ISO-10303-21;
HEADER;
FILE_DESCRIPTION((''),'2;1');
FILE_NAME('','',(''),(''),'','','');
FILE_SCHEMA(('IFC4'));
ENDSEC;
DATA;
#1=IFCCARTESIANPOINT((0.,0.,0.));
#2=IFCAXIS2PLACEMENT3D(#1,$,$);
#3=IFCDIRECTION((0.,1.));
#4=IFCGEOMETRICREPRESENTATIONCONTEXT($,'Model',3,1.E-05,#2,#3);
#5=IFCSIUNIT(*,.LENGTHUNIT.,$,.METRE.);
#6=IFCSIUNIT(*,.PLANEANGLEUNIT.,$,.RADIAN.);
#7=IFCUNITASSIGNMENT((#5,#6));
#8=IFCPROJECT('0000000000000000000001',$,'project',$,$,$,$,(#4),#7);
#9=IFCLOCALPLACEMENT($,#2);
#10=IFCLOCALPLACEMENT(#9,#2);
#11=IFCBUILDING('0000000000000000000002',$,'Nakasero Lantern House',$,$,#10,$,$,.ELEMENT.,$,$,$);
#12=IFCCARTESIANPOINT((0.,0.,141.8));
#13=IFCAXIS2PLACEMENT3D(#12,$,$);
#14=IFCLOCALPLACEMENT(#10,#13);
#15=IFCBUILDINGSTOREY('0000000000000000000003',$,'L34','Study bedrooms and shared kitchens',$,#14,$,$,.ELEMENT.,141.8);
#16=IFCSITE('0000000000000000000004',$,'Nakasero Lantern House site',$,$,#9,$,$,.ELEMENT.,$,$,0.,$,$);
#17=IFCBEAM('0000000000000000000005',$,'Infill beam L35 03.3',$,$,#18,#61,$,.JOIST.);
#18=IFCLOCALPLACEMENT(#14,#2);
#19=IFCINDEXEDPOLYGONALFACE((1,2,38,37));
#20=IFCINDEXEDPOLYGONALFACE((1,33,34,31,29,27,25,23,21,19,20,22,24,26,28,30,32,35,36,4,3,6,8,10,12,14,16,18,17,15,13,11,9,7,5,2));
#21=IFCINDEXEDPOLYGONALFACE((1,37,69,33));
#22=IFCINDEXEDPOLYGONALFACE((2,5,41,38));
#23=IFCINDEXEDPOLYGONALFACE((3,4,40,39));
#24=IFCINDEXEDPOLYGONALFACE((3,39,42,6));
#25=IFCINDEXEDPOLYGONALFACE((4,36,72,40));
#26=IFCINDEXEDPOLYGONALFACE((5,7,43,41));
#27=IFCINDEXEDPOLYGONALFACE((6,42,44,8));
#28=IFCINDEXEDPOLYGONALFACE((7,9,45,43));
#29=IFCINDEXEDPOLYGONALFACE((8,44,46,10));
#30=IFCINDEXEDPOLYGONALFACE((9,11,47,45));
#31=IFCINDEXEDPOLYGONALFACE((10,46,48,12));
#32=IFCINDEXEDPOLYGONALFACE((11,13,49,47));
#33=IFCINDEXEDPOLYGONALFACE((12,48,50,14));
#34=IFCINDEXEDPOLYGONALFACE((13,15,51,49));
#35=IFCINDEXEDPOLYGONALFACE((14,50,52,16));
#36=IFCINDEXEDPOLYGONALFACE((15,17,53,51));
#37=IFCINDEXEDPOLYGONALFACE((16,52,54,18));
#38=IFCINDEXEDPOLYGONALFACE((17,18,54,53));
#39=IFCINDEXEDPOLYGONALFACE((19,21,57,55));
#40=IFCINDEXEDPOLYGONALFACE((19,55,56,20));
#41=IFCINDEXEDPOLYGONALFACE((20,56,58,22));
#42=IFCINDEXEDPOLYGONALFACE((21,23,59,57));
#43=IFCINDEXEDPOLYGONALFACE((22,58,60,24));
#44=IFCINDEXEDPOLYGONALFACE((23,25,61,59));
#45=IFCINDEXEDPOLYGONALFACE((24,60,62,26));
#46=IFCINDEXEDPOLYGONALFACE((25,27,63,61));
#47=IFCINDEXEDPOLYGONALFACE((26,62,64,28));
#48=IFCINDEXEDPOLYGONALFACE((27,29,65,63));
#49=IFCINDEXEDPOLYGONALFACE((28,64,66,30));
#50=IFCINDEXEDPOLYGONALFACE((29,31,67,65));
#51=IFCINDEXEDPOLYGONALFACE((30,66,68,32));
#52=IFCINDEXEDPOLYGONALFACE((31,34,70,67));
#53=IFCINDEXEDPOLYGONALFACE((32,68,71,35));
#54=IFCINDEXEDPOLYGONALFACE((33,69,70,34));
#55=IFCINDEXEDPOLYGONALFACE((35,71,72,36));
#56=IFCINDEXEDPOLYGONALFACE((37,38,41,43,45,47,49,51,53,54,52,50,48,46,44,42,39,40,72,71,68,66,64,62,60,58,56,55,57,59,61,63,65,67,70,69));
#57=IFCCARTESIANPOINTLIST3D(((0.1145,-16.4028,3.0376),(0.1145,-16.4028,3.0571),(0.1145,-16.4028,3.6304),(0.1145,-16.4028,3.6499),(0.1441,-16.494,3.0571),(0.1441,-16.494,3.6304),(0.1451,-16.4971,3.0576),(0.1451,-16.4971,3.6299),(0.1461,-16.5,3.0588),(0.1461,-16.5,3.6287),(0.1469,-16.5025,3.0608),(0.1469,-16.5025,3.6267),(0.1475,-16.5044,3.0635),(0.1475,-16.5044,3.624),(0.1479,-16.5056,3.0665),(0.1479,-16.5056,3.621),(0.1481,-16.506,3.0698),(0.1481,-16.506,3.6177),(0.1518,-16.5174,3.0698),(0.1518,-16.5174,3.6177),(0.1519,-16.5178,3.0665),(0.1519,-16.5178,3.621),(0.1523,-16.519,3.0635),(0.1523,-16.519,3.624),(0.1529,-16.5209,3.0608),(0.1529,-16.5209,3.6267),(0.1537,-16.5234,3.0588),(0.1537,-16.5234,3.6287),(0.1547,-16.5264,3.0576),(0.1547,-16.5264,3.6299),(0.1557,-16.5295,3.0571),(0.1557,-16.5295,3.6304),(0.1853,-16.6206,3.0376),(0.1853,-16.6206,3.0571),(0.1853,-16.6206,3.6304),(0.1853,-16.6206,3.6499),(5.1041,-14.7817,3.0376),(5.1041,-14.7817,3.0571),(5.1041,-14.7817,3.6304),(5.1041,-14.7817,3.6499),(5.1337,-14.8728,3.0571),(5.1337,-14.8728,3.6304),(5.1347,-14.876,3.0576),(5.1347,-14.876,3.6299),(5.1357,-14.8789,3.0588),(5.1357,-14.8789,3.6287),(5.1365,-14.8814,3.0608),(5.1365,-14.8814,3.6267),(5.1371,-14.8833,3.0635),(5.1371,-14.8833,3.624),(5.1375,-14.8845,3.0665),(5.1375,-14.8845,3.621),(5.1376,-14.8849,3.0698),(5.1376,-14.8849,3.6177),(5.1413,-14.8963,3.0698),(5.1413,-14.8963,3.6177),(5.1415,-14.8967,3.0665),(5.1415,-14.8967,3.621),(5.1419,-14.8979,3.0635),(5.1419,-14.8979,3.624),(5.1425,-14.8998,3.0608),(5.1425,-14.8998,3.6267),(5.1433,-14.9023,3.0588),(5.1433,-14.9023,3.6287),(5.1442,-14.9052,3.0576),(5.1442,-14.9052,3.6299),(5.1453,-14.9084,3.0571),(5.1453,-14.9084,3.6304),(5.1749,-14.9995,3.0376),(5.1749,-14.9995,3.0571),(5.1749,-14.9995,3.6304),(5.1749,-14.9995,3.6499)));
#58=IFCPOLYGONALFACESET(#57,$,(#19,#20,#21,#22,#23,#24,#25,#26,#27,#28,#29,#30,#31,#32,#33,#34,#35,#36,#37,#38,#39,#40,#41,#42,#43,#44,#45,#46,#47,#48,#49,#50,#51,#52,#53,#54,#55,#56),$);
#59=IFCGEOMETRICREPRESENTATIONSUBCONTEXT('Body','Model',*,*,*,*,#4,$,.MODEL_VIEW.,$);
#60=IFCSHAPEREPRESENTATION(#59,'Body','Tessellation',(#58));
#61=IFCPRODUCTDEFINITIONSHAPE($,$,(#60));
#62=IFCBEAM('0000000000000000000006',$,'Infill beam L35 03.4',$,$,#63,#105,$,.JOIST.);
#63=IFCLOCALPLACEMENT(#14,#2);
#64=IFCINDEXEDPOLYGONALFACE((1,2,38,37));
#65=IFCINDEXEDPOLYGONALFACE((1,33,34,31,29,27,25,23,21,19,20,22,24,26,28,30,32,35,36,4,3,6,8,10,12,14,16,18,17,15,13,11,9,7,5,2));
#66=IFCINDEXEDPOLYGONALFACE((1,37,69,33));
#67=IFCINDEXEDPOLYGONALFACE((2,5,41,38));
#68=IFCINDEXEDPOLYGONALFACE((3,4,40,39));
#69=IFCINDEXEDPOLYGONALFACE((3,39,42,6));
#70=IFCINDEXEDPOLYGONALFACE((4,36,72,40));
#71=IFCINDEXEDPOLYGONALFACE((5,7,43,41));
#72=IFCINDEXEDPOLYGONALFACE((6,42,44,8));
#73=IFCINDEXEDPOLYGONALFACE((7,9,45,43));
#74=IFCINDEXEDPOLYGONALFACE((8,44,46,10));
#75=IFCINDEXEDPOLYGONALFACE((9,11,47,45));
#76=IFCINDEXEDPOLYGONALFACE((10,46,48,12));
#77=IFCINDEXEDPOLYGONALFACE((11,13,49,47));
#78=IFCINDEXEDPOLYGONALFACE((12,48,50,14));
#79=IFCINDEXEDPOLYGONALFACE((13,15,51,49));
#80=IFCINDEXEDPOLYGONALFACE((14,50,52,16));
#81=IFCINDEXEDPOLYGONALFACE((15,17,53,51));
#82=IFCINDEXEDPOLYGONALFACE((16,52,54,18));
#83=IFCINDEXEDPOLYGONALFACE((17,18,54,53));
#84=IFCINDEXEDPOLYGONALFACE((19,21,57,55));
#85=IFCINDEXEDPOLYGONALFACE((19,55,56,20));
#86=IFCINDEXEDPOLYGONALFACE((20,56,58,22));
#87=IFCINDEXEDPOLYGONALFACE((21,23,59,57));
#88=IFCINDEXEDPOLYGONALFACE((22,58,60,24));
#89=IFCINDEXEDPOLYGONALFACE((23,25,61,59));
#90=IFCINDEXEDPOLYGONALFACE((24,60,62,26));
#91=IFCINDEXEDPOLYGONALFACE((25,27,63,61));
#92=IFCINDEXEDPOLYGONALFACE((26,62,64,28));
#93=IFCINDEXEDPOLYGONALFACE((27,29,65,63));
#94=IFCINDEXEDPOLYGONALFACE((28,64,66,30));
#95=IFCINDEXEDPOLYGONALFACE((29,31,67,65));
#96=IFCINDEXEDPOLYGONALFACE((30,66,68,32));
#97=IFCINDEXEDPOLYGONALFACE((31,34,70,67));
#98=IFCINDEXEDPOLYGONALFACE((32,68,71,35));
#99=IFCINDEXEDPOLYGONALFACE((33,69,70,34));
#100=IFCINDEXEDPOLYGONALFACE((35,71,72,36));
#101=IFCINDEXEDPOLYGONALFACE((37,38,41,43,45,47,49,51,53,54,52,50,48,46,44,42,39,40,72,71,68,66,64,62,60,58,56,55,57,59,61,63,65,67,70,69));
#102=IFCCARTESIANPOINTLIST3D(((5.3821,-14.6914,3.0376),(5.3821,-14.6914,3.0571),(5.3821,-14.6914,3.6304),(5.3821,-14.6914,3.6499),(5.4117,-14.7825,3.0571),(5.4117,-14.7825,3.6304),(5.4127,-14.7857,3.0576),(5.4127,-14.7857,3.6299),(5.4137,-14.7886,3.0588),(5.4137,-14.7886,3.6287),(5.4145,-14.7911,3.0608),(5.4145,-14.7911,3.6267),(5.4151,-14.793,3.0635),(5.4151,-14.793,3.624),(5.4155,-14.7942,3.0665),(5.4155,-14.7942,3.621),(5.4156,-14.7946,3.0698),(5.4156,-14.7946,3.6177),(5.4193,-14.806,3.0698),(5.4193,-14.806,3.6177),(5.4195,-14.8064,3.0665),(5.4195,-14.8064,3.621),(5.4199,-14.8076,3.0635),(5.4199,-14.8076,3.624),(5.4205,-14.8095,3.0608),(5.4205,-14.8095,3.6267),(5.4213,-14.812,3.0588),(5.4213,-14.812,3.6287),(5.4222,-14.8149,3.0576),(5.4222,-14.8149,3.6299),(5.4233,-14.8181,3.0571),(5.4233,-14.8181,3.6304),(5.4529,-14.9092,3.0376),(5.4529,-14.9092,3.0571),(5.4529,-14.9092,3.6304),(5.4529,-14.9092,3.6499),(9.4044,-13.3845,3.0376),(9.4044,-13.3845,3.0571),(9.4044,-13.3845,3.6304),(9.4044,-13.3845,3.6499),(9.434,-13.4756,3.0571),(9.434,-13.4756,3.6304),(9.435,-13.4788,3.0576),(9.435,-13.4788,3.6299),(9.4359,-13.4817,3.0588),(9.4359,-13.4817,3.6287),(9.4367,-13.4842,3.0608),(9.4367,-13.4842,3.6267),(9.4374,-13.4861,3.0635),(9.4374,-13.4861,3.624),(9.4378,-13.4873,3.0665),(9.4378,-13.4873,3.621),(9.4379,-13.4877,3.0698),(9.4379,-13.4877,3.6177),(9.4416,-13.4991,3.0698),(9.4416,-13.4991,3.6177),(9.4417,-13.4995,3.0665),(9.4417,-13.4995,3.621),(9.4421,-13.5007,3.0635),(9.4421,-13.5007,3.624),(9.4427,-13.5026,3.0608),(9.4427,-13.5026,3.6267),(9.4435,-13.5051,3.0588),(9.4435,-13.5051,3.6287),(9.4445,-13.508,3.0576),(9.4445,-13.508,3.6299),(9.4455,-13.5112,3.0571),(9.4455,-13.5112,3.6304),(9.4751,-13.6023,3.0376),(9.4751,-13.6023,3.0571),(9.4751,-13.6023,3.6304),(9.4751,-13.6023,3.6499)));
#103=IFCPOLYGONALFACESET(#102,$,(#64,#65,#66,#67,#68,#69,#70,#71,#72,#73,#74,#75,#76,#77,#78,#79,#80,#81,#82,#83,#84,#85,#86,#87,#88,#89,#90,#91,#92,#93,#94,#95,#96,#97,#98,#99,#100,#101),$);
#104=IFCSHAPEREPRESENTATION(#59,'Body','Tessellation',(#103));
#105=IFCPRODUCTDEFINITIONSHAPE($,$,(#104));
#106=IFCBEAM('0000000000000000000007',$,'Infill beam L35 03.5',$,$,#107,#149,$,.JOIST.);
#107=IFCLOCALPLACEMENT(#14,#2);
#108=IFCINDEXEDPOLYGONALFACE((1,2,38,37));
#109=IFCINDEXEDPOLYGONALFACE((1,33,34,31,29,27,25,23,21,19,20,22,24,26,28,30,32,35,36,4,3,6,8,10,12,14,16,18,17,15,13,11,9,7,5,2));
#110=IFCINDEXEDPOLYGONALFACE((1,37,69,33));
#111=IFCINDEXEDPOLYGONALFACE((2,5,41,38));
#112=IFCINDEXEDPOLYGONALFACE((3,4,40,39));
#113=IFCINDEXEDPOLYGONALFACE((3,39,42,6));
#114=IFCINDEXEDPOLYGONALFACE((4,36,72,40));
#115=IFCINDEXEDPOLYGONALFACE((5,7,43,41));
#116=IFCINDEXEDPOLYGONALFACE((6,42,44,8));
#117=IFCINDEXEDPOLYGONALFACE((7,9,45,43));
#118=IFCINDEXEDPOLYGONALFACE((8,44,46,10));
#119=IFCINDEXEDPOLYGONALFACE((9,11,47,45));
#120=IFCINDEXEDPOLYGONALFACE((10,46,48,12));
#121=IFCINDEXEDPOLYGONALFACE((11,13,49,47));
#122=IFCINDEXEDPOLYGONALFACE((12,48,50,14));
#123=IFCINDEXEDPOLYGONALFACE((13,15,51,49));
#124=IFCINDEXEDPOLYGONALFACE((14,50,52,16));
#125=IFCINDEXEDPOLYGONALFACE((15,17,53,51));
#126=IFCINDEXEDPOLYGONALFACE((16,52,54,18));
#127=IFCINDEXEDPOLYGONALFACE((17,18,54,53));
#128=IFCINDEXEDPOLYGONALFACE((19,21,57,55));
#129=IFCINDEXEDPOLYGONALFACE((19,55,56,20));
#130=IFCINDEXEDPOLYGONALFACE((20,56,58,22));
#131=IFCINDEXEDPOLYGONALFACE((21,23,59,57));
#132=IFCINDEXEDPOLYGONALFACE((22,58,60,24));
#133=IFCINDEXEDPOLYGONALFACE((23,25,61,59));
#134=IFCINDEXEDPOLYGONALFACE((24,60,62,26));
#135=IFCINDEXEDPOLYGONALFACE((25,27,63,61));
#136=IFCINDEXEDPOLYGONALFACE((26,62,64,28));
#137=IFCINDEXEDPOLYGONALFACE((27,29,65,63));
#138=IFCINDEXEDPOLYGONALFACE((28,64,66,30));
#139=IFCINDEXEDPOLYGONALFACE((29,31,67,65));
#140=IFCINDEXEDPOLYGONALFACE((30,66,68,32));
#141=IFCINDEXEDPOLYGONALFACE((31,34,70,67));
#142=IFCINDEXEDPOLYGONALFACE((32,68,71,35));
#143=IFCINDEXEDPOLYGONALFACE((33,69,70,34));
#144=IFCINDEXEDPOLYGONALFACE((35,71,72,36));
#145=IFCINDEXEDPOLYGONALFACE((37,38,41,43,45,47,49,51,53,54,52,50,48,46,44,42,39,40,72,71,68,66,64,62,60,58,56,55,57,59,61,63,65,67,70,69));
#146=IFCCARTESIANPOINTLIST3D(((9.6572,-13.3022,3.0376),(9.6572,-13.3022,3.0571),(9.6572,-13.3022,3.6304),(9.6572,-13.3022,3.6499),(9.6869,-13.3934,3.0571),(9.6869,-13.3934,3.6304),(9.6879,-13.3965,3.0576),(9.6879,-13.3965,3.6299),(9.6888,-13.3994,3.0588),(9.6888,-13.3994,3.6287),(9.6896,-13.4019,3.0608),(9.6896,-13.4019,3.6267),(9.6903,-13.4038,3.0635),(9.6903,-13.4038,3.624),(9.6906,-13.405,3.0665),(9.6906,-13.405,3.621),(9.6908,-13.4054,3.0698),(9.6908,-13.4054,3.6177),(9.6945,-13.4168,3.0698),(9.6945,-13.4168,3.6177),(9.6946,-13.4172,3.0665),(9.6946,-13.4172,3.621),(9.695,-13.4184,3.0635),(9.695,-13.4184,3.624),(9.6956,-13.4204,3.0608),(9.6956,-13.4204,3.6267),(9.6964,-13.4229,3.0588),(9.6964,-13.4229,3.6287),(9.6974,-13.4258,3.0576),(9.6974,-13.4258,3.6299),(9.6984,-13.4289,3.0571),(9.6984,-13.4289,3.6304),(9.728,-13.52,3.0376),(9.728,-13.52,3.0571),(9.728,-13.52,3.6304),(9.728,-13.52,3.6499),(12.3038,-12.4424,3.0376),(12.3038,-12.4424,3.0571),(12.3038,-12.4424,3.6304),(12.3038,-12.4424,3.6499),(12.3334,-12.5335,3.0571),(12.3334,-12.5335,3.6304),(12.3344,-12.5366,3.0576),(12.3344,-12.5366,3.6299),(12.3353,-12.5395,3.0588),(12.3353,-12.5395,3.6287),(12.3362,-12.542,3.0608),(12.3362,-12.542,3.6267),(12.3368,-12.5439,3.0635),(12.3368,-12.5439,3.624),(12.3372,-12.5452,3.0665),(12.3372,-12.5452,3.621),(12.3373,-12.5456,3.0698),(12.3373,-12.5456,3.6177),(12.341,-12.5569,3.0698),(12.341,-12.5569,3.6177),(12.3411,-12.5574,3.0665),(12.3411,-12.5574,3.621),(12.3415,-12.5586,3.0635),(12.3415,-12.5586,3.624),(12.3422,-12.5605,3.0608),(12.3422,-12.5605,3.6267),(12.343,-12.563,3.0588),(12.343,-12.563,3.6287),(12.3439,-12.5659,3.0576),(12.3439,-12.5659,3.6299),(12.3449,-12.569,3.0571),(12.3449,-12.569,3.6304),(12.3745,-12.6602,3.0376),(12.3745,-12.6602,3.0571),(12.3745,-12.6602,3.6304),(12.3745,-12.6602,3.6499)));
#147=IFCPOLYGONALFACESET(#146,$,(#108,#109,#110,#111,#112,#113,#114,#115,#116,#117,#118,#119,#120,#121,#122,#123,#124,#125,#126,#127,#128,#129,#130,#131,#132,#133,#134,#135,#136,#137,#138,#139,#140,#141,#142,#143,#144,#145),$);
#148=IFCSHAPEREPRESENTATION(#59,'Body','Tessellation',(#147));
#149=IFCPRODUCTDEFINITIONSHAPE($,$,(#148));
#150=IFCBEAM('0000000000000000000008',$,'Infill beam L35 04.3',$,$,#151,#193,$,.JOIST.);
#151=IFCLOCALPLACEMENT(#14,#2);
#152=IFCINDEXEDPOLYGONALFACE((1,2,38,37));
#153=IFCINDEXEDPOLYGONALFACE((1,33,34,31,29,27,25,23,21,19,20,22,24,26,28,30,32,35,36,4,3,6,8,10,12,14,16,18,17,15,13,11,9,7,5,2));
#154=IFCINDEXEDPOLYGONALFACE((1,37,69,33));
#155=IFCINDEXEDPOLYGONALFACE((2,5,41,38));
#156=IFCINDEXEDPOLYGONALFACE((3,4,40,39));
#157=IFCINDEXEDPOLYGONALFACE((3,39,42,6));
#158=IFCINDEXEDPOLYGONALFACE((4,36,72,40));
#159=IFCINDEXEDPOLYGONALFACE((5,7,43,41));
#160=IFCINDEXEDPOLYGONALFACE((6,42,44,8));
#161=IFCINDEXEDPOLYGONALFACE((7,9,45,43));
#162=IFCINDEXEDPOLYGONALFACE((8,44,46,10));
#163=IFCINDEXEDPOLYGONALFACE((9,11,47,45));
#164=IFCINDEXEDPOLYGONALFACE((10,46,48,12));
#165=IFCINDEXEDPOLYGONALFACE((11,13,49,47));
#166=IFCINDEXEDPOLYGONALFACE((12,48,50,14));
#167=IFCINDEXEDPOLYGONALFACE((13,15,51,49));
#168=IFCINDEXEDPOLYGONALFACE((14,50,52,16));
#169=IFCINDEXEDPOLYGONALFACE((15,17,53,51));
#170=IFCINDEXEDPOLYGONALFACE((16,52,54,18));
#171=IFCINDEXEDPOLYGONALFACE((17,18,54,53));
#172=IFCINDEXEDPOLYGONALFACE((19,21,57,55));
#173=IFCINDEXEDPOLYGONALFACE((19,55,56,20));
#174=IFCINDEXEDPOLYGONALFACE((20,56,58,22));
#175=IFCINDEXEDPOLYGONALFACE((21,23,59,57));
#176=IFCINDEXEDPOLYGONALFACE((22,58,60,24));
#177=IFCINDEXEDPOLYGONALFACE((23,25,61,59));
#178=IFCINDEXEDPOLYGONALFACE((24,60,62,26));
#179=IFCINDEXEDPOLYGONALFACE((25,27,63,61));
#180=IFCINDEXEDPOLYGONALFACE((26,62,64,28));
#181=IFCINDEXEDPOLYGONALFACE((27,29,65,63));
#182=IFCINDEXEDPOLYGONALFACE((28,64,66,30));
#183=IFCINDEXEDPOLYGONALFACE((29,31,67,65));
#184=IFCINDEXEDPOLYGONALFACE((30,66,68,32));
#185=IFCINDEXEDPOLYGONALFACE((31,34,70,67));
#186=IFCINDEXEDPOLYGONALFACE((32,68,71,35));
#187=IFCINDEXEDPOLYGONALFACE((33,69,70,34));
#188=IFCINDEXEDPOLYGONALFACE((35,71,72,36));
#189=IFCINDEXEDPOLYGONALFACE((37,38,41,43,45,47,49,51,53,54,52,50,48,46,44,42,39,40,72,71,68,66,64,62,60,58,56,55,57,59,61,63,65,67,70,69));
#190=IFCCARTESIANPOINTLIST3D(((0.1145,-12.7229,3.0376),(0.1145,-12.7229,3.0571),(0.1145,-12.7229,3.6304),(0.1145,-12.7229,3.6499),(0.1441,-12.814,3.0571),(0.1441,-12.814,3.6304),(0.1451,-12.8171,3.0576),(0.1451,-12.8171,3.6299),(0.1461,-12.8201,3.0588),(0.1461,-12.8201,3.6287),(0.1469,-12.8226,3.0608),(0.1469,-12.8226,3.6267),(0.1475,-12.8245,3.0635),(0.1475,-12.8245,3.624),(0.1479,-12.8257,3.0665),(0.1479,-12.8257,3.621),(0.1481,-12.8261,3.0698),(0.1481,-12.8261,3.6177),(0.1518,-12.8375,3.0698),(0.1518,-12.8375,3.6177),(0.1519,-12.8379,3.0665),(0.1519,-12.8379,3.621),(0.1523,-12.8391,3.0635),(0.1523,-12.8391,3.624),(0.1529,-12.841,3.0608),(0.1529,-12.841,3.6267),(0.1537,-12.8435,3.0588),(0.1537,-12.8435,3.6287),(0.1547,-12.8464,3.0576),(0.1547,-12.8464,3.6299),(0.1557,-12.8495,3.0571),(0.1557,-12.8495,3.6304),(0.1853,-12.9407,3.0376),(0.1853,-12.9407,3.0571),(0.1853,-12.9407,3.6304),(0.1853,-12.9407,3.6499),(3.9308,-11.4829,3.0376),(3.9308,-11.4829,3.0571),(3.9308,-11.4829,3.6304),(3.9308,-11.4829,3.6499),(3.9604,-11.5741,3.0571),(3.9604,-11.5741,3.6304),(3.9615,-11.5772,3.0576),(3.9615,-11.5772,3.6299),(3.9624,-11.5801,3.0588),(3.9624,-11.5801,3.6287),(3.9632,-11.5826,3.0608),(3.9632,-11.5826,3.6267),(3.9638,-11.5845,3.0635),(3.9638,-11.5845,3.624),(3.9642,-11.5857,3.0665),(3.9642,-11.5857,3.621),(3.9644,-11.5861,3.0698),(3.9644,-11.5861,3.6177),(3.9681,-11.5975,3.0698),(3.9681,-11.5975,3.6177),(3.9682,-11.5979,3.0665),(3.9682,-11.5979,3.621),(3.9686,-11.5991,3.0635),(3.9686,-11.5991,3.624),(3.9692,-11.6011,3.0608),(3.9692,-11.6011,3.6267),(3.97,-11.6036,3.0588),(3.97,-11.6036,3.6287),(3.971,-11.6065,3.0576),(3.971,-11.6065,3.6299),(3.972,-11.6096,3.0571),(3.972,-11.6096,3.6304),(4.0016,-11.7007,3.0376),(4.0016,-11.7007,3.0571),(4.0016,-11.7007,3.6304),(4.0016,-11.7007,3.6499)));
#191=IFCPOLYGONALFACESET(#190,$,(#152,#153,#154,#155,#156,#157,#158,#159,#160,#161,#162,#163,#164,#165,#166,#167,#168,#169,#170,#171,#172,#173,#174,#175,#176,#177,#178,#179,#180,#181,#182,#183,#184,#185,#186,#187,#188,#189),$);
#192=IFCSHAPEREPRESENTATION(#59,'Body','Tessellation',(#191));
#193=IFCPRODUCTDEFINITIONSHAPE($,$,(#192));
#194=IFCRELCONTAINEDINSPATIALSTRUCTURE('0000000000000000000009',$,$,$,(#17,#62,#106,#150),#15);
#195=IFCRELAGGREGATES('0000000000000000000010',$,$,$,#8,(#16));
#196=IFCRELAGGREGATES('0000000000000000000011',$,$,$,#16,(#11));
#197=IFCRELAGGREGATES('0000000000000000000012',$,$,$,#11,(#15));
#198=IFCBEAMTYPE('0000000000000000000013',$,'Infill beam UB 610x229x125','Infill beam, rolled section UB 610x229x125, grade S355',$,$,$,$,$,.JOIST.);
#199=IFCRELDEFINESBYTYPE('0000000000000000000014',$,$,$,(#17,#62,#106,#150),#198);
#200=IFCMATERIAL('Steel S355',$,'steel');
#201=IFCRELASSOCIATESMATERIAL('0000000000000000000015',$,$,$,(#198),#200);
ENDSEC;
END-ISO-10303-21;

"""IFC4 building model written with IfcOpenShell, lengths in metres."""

from ifc_helpers import new_model, si_unit, direction, frame, origin, origin_2d, place, context, subcontext, project, spatial, i_section, extrude, material, material_profile, profile_set, type_object, element, save


model = new_model("IFC4")

# Units and contexts
model_context = context("Model", 3, precision=1e-05, world=origin(), true_north=direction((0.0, 1.0)))
body_context = subcontext(model_context, "Body", "Model", "MODEL_VIEW")
ifc_project = project(units=[si_unit("LENGTHUNIT", "METRE"), si_unit("PLANEANGLEUNIT", "RADIAN")], contexts=[model_context])

# Site, building, storey
site_placement = place(None, origin())
site = spatial("IfcSite", under=ifc_project, at=site_placement, Name="Nakasero Lantern House site", CompositionType="ELEMENT", RefElevation=0.0)
building_placement = place(site_placement, origin())
building = spatial("IfcBuilding", under=site, at=building_placement, Name="Nakasero Lantern House", CompositionType="ELEMENT")
storey_placement = place(building_placement, frame((0.0, 0.0, 141.8)))
storey = spatial("IfcBuildingStorey", under=building, at=storey_placement, Name="L34", Description="Study bedrooms and shared kitchens", CompositionType="ELEMENT", Elevation=141.8)

# Beams
ifc_material_1 = material(Name="Steel S355", Category="steel")
ifc_material_profile_1 = material_profile(ifc_material_1, i_section(OverallWidth=0.229, OverallDepth=0.6123, WebThickness=0.012, FlangeThickness=0.0195, FilletRadius=0.0127, at=origin_2d()), Name="UB 610x229x125")
ifc_profile_set_1 = profile_set([ifc_material_profile_1], Name="Steel S355")
beam_type_1 = type_object("IfcBeamType", Name="Infill beam UB 610x229x125", Description="Infill beam, rolled section UB 610x229x125, grade S355", PredefinedType="JOIST", material=ifc_profile_set_1)
beam_1_placement = place(storey_placement, frame((0.1499, -16.5117, 3.3438), z_axis=(0.951062, 0.309001, 0.0), x_axis=(-0.309001, 0.951062, 0.0)))
element("IfcBeam", 1, at=beam_1_placement, inside=storey, type_object=beam_type_1, Name="Infill beam L35 03.3", PredefinedType="JOIST", context=body_context, shape_type="SweptSolid", body=[
    extrude(i_section(OverallWidth=0.229, OverallDepth=0.6123, WebThickness=0.012, FlangeThickness=0.0195, FilletRadius=0.0127, at=origin_2d()), origin(), (0.0, 0.0, 1.0), 5.2463),
])
beam_2_placement = place(storey_placement, frame((5.4175, -14.8003, 3.3438), z_axis=(0.951057, 0.309014, 0.0), x_axis=(-0.309014, 0.951057, 0.0)))
element("IfcBeam", 2, at=beam_2_placement, inside=storey, type_object=beam_type_1, Name="Infill beam L35 03.4", PredefinedType="JOIST", context=body_context, shape_type="SweptSolid", body=[
    extrude(i_section(OverallWidth=0.229, OverallDepth=0.6123, WebThickness=0.012, FlangeThickness=0.0195, FilletRadius=0.0127, at=origin_2d()), origin(), (0.0, 0.0, 1.0), 4.2292),
])
beam_3_placement = place(storey_placement, frame((9.6926, -13.4111, 3.3438), z_axis=(0.95106, 0.309007, 0.0), x_axis=(-0.309007, 0.95106, 0.0)))
element("IfcBeam", 3, at=beam_3_placement, inside=storey, type_object=beam_type_1, Name="Infill beam L35 03.5", PredefinedType="JOIST", context=body_context, shape_type="SweptSolid", body=[
    extrude(i_section(OverallWidth=0.229, OverallDepth=0.6123, WebThickness=0.012, FlangeThickness=0.0195, FilletRadius=0.0127, at=origin_2d()), origin(), (0.0, 0.0, 1.0), 2.7827),
])
beam_4_placement = place(storey_placement, frame((0.1499, -12.8318, 3.3438), z_axis=(0.951059, 0.309009, 0.0), x_axis=(-0.309009, 0.951059, 0.0)))
element("IfcBeam", 4, at=beam_4_placement, inside=storey, type_object=beam_type_1, Name="Infill beam L35 04.3", PredefinedType="JOIST", context=body_context, shape_type="SweptSolid", body=[
    extrude(i_section(OverallWidth=0.229, OverallDepth=0.6123, WebThickness=0.012, FlangeThickness=0.0195, FilletRadius=0.0127, at=origin_2d()), origin(), (0.0, 0.0, 1.0), 4.0127),
])

save(model, "model.ifc")
